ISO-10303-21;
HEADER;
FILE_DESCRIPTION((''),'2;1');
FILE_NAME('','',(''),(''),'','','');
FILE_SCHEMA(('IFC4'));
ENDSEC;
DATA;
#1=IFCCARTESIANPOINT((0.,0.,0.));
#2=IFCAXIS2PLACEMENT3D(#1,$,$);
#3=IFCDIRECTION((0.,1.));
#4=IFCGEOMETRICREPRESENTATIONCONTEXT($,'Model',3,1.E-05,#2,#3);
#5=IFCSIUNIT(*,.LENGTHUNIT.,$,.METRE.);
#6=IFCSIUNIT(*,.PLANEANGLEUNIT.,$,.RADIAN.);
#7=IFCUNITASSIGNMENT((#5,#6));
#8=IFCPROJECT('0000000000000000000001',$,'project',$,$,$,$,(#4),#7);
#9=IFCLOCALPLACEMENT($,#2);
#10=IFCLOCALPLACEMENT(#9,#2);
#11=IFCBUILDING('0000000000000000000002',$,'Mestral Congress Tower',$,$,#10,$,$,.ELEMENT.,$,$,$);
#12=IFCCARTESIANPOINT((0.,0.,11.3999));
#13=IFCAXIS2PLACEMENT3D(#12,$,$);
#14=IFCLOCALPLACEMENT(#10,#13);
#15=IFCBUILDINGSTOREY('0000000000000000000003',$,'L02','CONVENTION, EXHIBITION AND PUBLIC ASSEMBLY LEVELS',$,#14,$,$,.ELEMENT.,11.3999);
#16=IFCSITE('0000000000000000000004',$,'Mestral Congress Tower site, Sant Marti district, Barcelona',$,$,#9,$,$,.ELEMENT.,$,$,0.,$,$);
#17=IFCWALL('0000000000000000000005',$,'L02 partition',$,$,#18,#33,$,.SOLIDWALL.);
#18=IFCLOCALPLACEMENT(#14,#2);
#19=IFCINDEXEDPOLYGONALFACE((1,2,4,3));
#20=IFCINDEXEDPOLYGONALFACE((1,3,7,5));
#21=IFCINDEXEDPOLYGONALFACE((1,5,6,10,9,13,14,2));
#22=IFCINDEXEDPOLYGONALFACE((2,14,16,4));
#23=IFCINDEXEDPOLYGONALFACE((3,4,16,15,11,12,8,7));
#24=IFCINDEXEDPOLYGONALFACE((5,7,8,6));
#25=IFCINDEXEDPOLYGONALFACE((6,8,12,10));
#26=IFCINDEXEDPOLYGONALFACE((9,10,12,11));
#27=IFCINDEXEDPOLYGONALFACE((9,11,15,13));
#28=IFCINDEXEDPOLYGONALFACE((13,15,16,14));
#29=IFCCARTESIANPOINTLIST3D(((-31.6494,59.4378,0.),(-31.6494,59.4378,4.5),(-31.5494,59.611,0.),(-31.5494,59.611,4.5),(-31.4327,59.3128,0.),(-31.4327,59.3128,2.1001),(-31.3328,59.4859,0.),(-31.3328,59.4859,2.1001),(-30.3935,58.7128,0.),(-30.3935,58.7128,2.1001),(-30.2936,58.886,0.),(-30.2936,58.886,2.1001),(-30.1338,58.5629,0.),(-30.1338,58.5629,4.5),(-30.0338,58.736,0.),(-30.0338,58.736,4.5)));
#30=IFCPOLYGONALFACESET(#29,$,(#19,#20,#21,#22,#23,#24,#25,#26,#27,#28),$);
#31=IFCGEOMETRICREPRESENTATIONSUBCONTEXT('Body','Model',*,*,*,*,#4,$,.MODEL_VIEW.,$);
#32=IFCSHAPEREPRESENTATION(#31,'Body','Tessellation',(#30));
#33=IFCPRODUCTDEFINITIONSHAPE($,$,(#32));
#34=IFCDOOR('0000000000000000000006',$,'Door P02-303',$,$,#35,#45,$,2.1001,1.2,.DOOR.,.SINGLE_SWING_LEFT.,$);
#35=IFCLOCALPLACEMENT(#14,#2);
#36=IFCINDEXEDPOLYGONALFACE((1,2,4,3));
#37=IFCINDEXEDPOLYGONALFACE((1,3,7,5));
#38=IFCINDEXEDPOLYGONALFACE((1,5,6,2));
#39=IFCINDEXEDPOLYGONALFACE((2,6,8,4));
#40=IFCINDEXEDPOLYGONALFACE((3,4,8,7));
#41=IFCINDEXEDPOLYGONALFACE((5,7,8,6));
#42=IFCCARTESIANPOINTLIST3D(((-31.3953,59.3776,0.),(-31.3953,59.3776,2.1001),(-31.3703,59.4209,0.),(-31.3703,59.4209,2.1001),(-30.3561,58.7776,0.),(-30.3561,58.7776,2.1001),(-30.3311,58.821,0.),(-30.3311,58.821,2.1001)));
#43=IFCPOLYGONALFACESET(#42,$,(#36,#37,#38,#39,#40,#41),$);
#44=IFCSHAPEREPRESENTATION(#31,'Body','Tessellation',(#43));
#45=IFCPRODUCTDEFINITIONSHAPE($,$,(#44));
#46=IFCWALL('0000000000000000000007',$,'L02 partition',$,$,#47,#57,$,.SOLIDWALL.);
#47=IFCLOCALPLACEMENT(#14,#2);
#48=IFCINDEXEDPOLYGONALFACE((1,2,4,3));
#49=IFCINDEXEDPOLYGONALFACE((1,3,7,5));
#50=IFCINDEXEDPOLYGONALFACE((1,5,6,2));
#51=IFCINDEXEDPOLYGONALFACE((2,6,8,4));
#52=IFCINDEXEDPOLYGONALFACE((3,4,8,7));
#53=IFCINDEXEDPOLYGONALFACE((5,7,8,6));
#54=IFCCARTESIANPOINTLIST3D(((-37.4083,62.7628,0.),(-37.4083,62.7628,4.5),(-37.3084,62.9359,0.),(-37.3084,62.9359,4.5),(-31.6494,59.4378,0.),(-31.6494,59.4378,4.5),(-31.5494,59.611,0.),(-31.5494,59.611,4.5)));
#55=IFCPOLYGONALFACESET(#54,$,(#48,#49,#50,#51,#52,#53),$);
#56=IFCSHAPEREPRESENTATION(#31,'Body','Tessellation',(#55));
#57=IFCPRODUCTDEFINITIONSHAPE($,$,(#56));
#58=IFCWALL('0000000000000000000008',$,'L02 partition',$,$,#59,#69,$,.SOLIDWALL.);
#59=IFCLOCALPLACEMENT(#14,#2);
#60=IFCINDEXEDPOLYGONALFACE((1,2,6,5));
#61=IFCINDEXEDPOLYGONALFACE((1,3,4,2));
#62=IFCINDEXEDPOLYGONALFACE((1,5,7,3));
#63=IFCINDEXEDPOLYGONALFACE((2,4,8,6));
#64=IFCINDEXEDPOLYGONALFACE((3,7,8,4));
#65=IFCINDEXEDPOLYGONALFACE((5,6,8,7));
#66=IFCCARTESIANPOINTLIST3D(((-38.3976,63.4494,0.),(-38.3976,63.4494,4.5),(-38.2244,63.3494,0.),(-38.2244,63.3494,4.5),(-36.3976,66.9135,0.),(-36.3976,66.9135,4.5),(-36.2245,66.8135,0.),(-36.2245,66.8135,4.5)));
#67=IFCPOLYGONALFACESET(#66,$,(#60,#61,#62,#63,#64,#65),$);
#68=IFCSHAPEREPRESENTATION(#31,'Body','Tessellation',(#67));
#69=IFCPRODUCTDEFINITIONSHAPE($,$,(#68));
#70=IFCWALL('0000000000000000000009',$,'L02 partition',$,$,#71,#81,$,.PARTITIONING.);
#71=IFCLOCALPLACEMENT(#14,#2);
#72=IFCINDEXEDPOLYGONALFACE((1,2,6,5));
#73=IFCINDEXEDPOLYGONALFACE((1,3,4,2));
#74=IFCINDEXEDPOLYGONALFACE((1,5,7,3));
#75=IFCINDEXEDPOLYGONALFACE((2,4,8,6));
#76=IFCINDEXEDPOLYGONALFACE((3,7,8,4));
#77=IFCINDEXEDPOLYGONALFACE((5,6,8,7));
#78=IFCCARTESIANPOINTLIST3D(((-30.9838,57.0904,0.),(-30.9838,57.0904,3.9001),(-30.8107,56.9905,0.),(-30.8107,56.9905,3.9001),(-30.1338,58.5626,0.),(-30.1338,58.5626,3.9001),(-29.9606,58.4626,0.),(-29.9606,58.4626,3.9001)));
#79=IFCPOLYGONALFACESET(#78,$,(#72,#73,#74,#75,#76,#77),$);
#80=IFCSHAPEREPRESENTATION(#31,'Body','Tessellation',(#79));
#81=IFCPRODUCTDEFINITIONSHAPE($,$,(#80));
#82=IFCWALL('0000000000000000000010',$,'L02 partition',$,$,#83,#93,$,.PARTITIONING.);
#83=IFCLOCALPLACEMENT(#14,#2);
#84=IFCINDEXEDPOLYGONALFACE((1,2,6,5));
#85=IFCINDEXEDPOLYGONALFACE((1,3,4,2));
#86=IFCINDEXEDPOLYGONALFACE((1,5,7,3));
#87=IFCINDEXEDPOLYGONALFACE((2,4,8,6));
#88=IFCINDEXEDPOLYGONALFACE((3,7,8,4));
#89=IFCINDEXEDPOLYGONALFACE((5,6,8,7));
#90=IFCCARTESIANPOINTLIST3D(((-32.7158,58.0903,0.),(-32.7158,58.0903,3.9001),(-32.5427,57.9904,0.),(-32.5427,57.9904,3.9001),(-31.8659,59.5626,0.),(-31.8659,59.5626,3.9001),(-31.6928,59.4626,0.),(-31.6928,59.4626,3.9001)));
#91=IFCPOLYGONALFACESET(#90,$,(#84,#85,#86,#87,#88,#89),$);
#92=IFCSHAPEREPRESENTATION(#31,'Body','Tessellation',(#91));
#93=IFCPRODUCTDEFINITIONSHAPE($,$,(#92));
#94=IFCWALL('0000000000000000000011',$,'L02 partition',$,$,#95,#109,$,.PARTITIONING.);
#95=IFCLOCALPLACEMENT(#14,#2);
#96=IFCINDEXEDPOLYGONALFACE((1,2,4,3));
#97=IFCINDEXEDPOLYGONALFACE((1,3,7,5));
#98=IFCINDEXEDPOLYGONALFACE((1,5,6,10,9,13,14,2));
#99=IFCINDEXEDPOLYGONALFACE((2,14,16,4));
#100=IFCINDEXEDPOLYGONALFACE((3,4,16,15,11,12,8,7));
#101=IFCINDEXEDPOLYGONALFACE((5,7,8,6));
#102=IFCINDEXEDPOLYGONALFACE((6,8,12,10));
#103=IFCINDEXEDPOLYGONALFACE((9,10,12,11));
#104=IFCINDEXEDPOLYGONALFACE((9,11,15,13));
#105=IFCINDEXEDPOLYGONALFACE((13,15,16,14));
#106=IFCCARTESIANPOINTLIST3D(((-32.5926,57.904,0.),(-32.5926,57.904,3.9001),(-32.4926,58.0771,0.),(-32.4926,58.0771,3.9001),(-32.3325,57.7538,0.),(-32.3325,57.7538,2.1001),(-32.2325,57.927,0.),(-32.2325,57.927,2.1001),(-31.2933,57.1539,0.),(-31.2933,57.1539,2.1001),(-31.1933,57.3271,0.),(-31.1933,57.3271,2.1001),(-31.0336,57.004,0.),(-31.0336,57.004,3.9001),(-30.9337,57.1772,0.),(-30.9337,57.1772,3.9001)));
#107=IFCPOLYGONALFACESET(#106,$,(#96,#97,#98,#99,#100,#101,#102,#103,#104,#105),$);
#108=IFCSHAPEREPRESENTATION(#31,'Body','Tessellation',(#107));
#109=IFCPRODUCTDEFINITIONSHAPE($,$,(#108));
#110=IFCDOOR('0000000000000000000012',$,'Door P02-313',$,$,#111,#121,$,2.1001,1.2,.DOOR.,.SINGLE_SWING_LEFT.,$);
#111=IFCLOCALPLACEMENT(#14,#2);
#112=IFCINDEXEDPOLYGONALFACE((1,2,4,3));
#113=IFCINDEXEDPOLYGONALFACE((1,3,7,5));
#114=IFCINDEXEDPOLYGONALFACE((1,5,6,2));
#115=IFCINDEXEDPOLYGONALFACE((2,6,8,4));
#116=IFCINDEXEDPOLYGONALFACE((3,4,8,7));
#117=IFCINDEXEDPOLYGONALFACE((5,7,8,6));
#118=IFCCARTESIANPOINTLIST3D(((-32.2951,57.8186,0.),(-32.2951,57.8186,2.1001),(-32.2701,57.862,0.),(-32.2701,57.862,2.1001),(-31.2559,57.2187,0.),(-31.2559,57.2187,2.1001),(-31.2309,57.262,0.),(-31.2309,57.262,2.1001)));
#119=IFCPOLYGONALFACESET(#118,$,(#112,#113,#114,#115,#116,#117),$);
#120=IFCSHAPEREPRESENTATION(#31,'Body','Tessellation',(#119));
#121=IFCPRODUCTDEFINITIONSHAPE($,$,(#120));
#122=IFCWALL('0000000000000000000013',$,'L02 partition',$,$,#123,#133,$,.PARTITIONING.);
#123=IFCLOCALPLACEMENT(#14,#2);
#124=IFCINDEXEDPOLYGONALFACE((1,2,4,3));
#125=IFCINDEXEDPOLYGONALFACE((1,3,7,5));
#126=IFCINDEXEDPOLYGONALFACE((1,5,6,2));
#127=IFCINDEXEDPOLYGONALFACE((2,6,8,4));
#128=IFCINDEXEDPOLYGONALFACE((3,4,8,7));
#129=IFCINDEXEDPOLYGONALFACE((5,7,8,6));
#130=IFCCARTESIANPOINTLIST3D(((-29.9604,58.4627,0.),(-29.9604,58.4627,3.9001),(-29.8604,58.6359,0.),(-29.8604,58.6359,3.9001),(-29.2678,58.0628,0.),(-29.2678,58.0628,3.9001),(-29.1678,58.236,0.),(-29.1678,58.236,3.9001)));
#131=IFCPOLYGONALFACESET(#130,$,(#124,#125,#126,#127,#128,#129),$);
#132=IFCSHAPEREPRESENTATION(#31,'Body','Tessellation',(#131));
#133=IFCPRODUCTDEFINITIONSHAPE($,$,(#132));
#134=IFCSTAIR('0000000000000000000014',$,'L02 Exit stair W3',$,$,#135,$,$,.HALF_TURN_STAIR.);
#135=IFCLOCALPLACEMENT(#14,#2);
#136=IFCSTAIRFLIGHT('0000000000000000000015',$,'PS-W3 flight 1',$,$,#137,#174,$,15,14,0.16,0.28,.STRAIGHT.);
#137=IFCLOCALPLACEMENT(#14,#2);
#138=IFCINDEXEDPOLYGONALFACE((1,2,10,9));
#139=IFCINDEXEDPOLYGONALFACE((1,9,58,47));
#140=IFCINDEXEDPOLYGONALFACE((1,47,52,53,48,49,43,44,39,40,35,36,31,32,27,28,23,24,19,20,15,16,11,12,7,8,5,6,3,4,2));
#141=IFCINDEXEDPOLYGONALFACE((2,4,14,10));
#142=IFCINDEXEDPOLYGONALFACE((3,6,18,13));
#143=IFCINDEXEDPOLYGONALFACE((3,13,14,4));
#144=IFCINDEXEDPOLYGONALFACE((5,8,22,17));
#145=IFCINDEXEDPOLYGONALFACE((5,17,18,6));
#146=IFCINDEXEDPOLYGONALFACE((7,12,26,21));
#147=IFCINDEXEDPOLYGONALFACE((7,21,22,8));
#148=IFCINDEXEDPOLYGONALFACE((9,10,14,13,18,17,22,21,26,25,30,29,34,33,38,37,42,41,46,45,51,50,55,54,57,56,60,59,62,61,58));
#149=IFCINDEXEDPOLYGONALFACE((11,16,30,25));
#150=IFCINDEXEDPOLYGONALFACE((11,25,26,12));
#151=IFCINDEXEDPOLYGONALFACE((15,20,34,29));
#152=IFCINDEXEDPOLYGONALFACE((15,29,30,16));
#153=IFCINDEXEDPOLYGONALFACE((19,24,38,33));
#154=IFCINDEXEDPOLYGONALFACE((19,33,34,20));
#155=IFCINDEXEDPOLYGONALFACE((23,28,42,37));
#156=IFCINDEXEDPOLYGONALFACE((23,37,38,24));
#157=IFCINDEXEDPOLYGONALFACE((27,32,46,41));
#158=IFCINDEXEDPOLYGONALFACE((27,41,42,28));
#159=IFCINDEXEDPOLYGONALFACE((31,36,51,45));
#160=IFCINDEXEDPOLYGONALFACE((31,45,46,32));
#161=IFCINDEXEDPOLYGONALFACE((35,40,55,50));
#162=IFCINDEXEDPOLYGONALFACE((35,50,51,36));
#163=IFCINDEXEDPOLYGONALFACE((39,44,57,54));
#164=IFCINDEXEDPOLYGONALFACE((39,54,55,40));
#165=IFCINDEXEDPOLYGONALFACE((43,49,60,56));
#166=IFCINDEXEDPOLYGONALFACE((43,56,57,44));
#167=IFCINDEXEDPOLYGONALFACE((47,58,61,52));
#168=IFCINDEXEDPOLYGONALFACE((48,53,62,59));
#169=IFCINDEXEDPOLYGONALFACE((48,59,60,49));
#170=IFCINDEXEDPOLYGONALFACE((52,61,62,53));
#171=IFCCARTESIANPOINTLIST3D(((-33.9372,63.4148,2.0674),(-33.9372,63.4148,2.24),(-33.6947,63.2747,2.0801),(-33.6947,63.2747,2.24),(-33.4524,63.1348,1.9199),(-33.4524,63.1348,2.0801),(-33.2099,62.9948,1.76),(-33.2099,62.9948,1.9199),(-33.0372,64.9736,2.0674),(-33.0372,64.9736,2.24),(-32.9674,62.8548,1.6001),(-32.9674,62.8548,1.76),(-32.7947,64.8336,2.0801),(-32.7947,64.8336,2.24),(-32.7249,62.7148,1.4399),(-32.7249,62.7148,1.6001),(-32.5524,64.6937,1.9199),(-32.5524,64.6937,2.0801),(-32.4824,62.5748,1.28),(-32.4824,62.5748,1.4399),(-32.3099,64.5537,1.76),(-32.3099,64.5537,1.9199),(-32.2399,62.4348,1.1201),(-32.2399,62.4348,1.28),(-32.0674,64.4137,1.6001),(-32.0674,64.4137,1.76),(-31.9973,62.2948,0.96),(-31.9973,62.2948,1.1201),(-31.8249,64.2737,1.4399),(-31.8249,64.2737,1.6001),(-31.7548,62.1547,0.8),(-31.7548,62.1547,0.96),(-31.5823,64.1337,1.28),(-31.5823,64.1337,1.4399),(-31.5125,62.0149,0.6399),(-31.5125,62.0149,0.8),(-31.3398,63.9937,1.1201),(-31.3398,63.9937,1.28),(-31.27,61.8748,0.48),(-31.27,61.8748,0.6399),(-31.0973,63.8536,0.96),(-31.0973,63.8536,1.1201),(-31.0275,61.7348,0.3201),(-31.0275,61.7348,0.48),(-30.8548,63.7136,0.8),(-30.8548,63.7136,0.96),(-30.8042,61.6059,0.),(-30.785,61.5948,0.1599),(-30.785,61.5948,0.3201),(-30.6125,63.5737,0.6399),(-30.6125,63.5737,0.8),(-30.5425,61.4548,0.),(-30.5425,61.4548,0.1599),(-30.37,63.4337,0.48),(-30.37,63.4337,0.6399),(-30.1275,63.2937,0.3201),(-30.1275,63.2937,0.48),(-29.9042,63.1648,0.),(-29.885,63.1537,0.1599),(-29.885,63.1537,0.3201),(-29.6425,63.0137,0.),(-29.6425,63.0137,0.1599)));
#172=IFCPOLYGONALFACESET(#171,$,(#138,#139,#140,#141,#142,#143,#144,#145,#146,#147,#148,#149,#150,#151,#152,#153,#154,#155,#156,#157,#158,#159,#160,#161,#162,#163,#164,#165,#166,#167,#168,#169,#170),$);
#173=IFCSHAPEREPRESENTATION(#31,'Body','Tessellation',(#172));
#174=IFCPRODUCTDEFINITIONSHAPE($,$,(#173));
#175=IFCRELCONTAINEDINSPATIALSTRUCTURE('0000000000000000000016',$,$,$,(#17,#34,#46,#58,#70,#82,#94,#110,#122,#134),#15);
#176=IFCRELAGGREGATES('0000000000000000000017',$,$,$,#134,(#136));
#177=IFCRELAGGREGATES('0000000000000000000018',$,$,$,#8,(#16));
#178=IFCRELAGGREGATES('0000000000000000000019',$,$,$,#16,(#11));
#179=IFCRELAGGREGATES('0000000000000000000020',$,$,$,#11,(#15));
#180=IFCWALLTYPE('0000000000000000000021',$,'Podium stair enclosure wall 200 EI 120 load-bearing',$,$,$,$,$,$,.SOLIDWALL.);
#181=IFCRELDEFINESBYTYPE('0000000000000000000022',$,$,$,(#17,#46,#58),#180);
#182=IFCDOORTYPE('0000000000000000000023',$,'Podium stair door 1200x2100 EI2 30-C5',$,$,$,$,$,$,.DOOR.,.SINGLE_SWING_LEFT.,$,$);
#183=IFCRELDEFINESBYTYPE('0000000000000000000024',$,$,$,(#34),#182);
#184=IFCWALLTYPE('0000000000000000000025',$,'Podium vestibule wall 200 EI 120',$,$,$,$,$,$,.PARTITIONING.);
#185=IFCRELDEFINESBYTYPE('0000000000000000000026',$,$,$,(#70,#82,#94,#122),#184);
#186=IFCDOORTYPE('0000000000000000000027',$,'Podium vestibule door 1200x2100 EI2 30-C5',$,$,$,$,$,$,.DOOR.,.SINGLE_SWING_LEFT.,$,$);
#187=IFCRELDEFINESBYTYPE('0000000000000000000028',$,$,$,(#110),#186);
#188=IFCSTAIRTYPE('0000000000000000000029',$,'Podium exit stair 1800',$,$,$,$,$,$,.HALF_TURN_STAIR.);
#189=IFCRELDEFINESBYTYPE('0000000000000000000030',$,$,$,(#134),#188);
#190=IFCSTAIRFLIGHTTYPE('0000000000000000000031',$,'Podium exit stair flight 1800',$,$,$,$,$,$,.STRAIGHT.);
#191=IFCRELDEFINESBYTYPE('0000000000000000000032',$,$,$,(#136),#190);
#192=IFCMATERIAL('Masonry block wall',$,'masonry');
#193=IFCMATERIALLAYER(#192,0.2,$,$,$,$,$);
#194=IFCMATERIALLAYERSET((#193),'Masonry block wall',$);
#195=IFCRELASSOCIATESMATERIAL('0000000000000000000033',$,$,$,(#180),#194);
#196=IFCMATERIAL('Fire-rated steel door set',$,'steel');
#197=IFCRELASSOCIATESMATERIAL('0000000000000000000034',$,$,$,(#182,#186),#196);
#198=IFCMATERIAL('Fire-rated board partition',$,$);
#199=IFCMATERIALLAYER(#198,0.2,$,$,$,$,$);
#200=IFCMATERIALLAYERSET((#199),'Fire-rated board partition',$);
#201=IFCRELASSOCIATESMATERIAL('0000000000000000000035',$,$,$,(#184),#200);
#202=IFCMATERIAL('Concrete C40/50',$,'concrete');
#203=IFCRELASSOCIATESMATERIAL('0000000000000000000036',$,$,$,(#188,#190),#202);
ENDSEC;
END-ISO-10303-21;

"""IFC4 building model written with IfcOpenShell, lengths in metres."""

from ifc_helpers import new_model, si_unit, direction, frame, frame_2d, origin, place, context, subcontext, project, spatial, polyline, rectangle, outline, extrude, material, layer, layer_set, type_object, element, fill, aggregate, save


model = new_model("IFC4")

# Units and contexts
model_context = context("Model", 3, precision=1e-05, world=origin(), true_north=direction((0.0, 1.0)))
body_context = subcontext(model_context, "Body", "Model", "MODEL_VIEW")
ifc_project = project(units=[si_unit("LENGTHUNIT", "METRE"), si_unit("PLANEANGLEUNIT", "RADIAN")], contexts=[model_context])

# Site, building, storey
site_placement = place(None, origin())
site = spatial("IfcSite", under=ifc_project, at=site_placement, Name="Mestral Congress Tower site, Sant Marti district, Barcelona", CompositionType="ELEMENT", RefElevation=0.0)
building_placement = place(site_placement, origin())
building = spatial("IfcBuilding", under=site, at=building_placement, Name="Mestral Congress Tower", CompositionType="ELEMENT")
storey_placement = place(building_placement, frame((0.0, 0.0, 11.3999)))
storey = spatial("IfcBuildingStorey", under=building, at=storey_placement, Name="L02", Description="CONVENTION, EXHIBITION AND PUBLIC ASSEMBLY LEVELS", CompositionType="ELEMENT", Elevation=11.3999)

# Shared definitions
ifc_material_1 = material(Name="Masonry block wall", Category="masonry")
ifc_layer_1 = layer(ifc_material_1, 0.2)
ifc_layer_set_1 = layer_set([ifc_layer_1], Name="Masonry block wall")
wall_type_1 = type_object("IfcWallType", Name="Podium stair enclosure wall 200 EI 120 load-bearing", PredefinedType="SOLIDWALL", material=ifc_layer_set_1)

# Wall, opening, door
wall_1_placement = place(storey_placement, frame((-31.5994, 59.5244, 0.0), z_axis=(0.0, 0.0, 1.0), x_axis=(0.866037, -0.49998, 0.0)))
wall_1 = element("IfcWall", 1, at=wall_1_placement, inside=storey, type_object=wall_type_1, Name="L02 partition", PredefinedType="SOLIDWALL", context=body_context, shape_type="SweptSolid", body=[
    extrude(rectangle(XDim=1.75, YDim=0.2, at=frame_2d((0.875, 0.0))), origin(), (0.0, 0.0, 1.0), 4.5),
])
opening_1_placement = place(wall_1_placement, frame((0.25, 0.0, 0.0)))
opening_1 = element("IfcOpeningElement", 2, at=opening_1_placement, cuts=wall_1, PredefinedType="OPENING", context=body_context, shape_type="SweptSolid", body=[
    extrude(rectangle(XDim=1.2, YDim=2.1001, at=frame_2d((0.6001, 1.05))), frame((0.0, 0.1099, 0.0), z_axis=(0.0, -1.0, 0.0), x_axis=(1.0, 0.0, 0.0)), (0.0, 0.0, 1.0), 0.22),
])
ifc_material_2 = material(Name="Fire-rated steel door set", Category="steel")
door_type_1 = type_object("IfcDoorType", Name="Podium stair door 1200x2100 EI2 30-C5", OperationType="SINGLE_SWING_LEFT", PredefinedType="DOOR", material=ifc_material_2)
door_1_placement = place(opening_1_placement, origin())
door_1 = element("IfcDoor", 3, at=door_1_placement, inside=storey, type_object=door_type_1, Name="Door P02-303", OperationType="SINGLE_SWING_LEFT", OverallHeight=2.1001, OverallWidth=1.2, PredefinedType="DOOR", context=body_context, shape_type="SweptSolid", body=[
    extrude(rectangle(XDim=1.2, YDim=2.1001, at=frame_2d((0.6001, 1.05))), frame((0.0, 0.0249, 0.0), z_axis=(0.0, -1.0, 0.0), x_axis=(1.0, 0.0, 0.0)), (0.0, 0.0, 1.0), 0.05),
])
fill(opening_1, door_1)

# Walls
wall_2_placement = place(storey_placement, frame((-31.5994, 59.5244, 0.0), z_axis=(0.0, 0.0, 1.0), x_axis=(-0.866027, 0.499997, 0.0)))
element("IfcWall", 4, at=wall_2_placement, inside=storey, type_object=wall_type_1, Name="L02 partition", PredefinedType="SOLIDWALL", context=body_context, shape_type="SweptSolid", body=[
    extrude(rectangle(XDim=6.6499, YDim=0.2, at=frame_2d((3.325, 0.0))), origin(), (0.0, 0.0, 1.0), 4.5),
])
wall_3_placement = place(storey_placement, frame((-36.311, 66.8635, 0.0), z_axis=(0.0, 0.0, 1.0), x_axis=(-0.499999, -0.866026, 0.0)))
element("IfcWall", 5, at=wall_3_placement, inside=storey, type_object=wall_type_1, Name="L02 partition", PredefinedType="SOLIDWALL", context=body_context, shape_type="SweptSolid", body=[
    extrude(rectangle(XDim=4.0, YDim=0.2, at=frame_2d((2.0, 0.0))), origin(), (0.0, 0.0, 1.0), 4.5),
])
ifc_material_3 = material(Name="Fire-rated board partition")
ifc_layer_2 = layer(ifc_material_3, 0.2)
ifc_layer_set_2 = layer_set([ifc_layer_2], Name="Fire-rated board partition")
wall_type_2 = type_object("IfcWallType", Name="Podium vestibule wall 200 EI 120", PredefinedType="PARTITIONING", material=ifc_layer_set_2)
for number, where, z_axis, x_axis, name in (
    (6, (-30.0471, 58.5127, 0.0), (0.0, 0.0, 1.0), (-0.500062, -0.865989, 0.0), "L02 partition"),
    (7, (-31.7793, 59.5127, 0.0), (0.0, 0.0, 1.0), (-0.499955, -0.866052, 0.0), "L02 partition"),
):
    element("IfcWall", number, at=place(storey_placement, frame(where, z_axis=z_axis, x_axis=x_axis)), inside=storey, type_object=wall_type_2, Name=name, PredefinedType="PARTITIONING", context=body_context, shape_type="SweptSolid", body=[
        extrude(rectangle(XDim=1.7, YDim=0.2, at=frame_2d((0.8501, 0.0))), origin(), (0.0, 0.0, 1.0), 3.9001),
    ])

# Wall, opening, door
wall_4_placement = place(storey_placement, frame((-32.5425, 57.9905, 0.0), z_axis=(0.0, 0.0, 1.0), x_axis=(0.866048, -0.499961, 0.0)))
wall_4 = element("IfcWall", 8, at=wall_4_placement, inside=storey, type_object=wall_type_2, Name="L02 partition", PredefinedType="PARTITIONING", context=body_context, shape_type="SweptSolid", body=[
    extrude(rectangle(XDim=1.8, YDim=0.2, at=frame_2d((0.8999, 0.0))), origin(), (0.0, 0.0, 1.0), 3.9001),
])
opening_2_placement = place(wall_4_placement, frame((0.3, 0.0, 0.0)))
opening_2 = element("IfcOpeningElement", 9, at=opening_2_placement, cuts=wall_4, PredefinedType="OPENING", context=body_context, shape_type="SweptSolid", body=[
    extrude(rectangle(XDim=1.2, YDim=2.1001, at=frame_2d((0.6001, 1.05))), frame((0.0, 0.1099, 0.0), z_axis=(0.0, -1.0, 0.0), x_axis=(1.0, 0.0, 0.0)), (0.0, 0.0, 1.0), 0.22),
])
door_type_2 = type_object("IfcDoorType", Name="Podium vestibule door 1200x2100 EI2 30-C5", OperationType="SINGLE_SWING_LEFT", PredefinedType="DOOR", material=ifc_material_2)
door_2_placement = place(opening_2_placement, origin())
door_2 = element("IfcDoor", 10, at=door_2_placement, inside=storey, type_object=door_type_2, Name="Door P02-313", OperationType="SINGLE_SWING_LEFT", OverallHeight=2.1001, OverallWidth=1.2, PredefinedType="DOOR", context=body_context, shape_type="SweptSolid", body=[
    extrude(rectangle(XDim=1.2, YDim=2.1001, at=frame_2d((0.6001, 1.05))), frame((0.0, 0.0249, 0.0), z_axis=(0.0, -1.0, 0.0), x_axis=(1.0, 0.0, 0.0)), (0.0, 0.0, 1.0), 0.05),
])
fill(opening_2, door_2)

# Wall
wall_5_placement = place(storey_placement, frame((-29.2178, 58.1494, 0.0), z_axis=(0.0, 0.0, 1.0), x_axis=(-0.866018, 0.500013, 0.0)))
element("IfcWall", 11, at=wall_5_placement, inside=storey, type_object=wall_type_2, Name="L02 partition", PredefinedType="PARTITIONING", context=body_context, shape_type="SweptSolid", body=[
    extrude(rectangle(XDim=0.7998, YDim=0.2, at=frame_2d((0.3999, 0.0))), origin(), (0.0, 0.0, 1.0), 3.9001),
])

# Stair, stair flight
ifc_material_4 = material(Name="Concrete C40/50", Category="concrete")
stair_type = type_object("IfcStairType", Name="Podium exit stair 1800", PredefinedType="HALF_TURN_STAIR", material=ifc_material_4)
stair_placement = place(storey_placement, origin())
stair = element("IfcStair", 12, at=stair_placement, inside=storey, type_object=stair_type, Name="L02 Exit stair W3", PredefinedType="HALF_TURN_STAIR")
stair_flight_type = type_object("IfcStairFlightType", Name="Podium exit stair flight 1800", PredefinedType="STRAIGHT", material=ifc_material_4)
stair_flight_1_placement = place(storey_placement, frame((-30.0925, 62.2341, 0.0), z_axis=(0.0, 0.0, 1.0), x_axis=(-0.866025, 0.5, 0.0)))
stair_flight_1 = element("IfcStairFlight", 13, at=stair_flight_1_placement, type_object=stair_flight_type, Name="PS-W3 flight 1", NumberOfRisers=15, NumberOfTreads=14, PredefinedType="STRAIGHT", RiserHeight=0.16, TreadLength=0.28, context=body_context, shape_type="SweptSolid", body=[
    extrude(outline(polyline([(0.0, 0.0), (0.0, 0.1599), (0.28, 0.1599), (0.28, 0.3201), (0.5601, 0.3201), (0.5601, 0.48), (0.8401, 0.48), (0.8401, 0.6399), (1.1201, 0.6399), (1.1201, 0.8), (1.3999, 0.8), (1.3999, 0.96), (1.6799, 0.96), (1.6799, 1.1201), (1.96, 1.1201), (1.96, 1.28), (2.24, 1.28), (2.24, 1.4399), (2.52, 1.4399), (2.52, 1.6001), (2.8, 1.6001), (2.8, 1.76), (3.0801, 1.76), (3.0801, 1.9199), (3.3601, 1.9199), (3.3601, 2.0801), (3.6399, 2.0801), (3.6399, 2.24), (3.9199, 2.24), (3.9199, 2.3999), (3.9199, 2.0674), (0.3022, 0.0), (0.0, 0.0)])), frame((0.0, 0.8999, 0.0), z_axis=(0.0, -1.0, 0.0), x_axis=(1.0, 0.0, 0.0)), (0.0, 0.0, 1.0), 1.8),
])
aggregate(stair, [stair_flight_1])

save(model, "model.ifc")
